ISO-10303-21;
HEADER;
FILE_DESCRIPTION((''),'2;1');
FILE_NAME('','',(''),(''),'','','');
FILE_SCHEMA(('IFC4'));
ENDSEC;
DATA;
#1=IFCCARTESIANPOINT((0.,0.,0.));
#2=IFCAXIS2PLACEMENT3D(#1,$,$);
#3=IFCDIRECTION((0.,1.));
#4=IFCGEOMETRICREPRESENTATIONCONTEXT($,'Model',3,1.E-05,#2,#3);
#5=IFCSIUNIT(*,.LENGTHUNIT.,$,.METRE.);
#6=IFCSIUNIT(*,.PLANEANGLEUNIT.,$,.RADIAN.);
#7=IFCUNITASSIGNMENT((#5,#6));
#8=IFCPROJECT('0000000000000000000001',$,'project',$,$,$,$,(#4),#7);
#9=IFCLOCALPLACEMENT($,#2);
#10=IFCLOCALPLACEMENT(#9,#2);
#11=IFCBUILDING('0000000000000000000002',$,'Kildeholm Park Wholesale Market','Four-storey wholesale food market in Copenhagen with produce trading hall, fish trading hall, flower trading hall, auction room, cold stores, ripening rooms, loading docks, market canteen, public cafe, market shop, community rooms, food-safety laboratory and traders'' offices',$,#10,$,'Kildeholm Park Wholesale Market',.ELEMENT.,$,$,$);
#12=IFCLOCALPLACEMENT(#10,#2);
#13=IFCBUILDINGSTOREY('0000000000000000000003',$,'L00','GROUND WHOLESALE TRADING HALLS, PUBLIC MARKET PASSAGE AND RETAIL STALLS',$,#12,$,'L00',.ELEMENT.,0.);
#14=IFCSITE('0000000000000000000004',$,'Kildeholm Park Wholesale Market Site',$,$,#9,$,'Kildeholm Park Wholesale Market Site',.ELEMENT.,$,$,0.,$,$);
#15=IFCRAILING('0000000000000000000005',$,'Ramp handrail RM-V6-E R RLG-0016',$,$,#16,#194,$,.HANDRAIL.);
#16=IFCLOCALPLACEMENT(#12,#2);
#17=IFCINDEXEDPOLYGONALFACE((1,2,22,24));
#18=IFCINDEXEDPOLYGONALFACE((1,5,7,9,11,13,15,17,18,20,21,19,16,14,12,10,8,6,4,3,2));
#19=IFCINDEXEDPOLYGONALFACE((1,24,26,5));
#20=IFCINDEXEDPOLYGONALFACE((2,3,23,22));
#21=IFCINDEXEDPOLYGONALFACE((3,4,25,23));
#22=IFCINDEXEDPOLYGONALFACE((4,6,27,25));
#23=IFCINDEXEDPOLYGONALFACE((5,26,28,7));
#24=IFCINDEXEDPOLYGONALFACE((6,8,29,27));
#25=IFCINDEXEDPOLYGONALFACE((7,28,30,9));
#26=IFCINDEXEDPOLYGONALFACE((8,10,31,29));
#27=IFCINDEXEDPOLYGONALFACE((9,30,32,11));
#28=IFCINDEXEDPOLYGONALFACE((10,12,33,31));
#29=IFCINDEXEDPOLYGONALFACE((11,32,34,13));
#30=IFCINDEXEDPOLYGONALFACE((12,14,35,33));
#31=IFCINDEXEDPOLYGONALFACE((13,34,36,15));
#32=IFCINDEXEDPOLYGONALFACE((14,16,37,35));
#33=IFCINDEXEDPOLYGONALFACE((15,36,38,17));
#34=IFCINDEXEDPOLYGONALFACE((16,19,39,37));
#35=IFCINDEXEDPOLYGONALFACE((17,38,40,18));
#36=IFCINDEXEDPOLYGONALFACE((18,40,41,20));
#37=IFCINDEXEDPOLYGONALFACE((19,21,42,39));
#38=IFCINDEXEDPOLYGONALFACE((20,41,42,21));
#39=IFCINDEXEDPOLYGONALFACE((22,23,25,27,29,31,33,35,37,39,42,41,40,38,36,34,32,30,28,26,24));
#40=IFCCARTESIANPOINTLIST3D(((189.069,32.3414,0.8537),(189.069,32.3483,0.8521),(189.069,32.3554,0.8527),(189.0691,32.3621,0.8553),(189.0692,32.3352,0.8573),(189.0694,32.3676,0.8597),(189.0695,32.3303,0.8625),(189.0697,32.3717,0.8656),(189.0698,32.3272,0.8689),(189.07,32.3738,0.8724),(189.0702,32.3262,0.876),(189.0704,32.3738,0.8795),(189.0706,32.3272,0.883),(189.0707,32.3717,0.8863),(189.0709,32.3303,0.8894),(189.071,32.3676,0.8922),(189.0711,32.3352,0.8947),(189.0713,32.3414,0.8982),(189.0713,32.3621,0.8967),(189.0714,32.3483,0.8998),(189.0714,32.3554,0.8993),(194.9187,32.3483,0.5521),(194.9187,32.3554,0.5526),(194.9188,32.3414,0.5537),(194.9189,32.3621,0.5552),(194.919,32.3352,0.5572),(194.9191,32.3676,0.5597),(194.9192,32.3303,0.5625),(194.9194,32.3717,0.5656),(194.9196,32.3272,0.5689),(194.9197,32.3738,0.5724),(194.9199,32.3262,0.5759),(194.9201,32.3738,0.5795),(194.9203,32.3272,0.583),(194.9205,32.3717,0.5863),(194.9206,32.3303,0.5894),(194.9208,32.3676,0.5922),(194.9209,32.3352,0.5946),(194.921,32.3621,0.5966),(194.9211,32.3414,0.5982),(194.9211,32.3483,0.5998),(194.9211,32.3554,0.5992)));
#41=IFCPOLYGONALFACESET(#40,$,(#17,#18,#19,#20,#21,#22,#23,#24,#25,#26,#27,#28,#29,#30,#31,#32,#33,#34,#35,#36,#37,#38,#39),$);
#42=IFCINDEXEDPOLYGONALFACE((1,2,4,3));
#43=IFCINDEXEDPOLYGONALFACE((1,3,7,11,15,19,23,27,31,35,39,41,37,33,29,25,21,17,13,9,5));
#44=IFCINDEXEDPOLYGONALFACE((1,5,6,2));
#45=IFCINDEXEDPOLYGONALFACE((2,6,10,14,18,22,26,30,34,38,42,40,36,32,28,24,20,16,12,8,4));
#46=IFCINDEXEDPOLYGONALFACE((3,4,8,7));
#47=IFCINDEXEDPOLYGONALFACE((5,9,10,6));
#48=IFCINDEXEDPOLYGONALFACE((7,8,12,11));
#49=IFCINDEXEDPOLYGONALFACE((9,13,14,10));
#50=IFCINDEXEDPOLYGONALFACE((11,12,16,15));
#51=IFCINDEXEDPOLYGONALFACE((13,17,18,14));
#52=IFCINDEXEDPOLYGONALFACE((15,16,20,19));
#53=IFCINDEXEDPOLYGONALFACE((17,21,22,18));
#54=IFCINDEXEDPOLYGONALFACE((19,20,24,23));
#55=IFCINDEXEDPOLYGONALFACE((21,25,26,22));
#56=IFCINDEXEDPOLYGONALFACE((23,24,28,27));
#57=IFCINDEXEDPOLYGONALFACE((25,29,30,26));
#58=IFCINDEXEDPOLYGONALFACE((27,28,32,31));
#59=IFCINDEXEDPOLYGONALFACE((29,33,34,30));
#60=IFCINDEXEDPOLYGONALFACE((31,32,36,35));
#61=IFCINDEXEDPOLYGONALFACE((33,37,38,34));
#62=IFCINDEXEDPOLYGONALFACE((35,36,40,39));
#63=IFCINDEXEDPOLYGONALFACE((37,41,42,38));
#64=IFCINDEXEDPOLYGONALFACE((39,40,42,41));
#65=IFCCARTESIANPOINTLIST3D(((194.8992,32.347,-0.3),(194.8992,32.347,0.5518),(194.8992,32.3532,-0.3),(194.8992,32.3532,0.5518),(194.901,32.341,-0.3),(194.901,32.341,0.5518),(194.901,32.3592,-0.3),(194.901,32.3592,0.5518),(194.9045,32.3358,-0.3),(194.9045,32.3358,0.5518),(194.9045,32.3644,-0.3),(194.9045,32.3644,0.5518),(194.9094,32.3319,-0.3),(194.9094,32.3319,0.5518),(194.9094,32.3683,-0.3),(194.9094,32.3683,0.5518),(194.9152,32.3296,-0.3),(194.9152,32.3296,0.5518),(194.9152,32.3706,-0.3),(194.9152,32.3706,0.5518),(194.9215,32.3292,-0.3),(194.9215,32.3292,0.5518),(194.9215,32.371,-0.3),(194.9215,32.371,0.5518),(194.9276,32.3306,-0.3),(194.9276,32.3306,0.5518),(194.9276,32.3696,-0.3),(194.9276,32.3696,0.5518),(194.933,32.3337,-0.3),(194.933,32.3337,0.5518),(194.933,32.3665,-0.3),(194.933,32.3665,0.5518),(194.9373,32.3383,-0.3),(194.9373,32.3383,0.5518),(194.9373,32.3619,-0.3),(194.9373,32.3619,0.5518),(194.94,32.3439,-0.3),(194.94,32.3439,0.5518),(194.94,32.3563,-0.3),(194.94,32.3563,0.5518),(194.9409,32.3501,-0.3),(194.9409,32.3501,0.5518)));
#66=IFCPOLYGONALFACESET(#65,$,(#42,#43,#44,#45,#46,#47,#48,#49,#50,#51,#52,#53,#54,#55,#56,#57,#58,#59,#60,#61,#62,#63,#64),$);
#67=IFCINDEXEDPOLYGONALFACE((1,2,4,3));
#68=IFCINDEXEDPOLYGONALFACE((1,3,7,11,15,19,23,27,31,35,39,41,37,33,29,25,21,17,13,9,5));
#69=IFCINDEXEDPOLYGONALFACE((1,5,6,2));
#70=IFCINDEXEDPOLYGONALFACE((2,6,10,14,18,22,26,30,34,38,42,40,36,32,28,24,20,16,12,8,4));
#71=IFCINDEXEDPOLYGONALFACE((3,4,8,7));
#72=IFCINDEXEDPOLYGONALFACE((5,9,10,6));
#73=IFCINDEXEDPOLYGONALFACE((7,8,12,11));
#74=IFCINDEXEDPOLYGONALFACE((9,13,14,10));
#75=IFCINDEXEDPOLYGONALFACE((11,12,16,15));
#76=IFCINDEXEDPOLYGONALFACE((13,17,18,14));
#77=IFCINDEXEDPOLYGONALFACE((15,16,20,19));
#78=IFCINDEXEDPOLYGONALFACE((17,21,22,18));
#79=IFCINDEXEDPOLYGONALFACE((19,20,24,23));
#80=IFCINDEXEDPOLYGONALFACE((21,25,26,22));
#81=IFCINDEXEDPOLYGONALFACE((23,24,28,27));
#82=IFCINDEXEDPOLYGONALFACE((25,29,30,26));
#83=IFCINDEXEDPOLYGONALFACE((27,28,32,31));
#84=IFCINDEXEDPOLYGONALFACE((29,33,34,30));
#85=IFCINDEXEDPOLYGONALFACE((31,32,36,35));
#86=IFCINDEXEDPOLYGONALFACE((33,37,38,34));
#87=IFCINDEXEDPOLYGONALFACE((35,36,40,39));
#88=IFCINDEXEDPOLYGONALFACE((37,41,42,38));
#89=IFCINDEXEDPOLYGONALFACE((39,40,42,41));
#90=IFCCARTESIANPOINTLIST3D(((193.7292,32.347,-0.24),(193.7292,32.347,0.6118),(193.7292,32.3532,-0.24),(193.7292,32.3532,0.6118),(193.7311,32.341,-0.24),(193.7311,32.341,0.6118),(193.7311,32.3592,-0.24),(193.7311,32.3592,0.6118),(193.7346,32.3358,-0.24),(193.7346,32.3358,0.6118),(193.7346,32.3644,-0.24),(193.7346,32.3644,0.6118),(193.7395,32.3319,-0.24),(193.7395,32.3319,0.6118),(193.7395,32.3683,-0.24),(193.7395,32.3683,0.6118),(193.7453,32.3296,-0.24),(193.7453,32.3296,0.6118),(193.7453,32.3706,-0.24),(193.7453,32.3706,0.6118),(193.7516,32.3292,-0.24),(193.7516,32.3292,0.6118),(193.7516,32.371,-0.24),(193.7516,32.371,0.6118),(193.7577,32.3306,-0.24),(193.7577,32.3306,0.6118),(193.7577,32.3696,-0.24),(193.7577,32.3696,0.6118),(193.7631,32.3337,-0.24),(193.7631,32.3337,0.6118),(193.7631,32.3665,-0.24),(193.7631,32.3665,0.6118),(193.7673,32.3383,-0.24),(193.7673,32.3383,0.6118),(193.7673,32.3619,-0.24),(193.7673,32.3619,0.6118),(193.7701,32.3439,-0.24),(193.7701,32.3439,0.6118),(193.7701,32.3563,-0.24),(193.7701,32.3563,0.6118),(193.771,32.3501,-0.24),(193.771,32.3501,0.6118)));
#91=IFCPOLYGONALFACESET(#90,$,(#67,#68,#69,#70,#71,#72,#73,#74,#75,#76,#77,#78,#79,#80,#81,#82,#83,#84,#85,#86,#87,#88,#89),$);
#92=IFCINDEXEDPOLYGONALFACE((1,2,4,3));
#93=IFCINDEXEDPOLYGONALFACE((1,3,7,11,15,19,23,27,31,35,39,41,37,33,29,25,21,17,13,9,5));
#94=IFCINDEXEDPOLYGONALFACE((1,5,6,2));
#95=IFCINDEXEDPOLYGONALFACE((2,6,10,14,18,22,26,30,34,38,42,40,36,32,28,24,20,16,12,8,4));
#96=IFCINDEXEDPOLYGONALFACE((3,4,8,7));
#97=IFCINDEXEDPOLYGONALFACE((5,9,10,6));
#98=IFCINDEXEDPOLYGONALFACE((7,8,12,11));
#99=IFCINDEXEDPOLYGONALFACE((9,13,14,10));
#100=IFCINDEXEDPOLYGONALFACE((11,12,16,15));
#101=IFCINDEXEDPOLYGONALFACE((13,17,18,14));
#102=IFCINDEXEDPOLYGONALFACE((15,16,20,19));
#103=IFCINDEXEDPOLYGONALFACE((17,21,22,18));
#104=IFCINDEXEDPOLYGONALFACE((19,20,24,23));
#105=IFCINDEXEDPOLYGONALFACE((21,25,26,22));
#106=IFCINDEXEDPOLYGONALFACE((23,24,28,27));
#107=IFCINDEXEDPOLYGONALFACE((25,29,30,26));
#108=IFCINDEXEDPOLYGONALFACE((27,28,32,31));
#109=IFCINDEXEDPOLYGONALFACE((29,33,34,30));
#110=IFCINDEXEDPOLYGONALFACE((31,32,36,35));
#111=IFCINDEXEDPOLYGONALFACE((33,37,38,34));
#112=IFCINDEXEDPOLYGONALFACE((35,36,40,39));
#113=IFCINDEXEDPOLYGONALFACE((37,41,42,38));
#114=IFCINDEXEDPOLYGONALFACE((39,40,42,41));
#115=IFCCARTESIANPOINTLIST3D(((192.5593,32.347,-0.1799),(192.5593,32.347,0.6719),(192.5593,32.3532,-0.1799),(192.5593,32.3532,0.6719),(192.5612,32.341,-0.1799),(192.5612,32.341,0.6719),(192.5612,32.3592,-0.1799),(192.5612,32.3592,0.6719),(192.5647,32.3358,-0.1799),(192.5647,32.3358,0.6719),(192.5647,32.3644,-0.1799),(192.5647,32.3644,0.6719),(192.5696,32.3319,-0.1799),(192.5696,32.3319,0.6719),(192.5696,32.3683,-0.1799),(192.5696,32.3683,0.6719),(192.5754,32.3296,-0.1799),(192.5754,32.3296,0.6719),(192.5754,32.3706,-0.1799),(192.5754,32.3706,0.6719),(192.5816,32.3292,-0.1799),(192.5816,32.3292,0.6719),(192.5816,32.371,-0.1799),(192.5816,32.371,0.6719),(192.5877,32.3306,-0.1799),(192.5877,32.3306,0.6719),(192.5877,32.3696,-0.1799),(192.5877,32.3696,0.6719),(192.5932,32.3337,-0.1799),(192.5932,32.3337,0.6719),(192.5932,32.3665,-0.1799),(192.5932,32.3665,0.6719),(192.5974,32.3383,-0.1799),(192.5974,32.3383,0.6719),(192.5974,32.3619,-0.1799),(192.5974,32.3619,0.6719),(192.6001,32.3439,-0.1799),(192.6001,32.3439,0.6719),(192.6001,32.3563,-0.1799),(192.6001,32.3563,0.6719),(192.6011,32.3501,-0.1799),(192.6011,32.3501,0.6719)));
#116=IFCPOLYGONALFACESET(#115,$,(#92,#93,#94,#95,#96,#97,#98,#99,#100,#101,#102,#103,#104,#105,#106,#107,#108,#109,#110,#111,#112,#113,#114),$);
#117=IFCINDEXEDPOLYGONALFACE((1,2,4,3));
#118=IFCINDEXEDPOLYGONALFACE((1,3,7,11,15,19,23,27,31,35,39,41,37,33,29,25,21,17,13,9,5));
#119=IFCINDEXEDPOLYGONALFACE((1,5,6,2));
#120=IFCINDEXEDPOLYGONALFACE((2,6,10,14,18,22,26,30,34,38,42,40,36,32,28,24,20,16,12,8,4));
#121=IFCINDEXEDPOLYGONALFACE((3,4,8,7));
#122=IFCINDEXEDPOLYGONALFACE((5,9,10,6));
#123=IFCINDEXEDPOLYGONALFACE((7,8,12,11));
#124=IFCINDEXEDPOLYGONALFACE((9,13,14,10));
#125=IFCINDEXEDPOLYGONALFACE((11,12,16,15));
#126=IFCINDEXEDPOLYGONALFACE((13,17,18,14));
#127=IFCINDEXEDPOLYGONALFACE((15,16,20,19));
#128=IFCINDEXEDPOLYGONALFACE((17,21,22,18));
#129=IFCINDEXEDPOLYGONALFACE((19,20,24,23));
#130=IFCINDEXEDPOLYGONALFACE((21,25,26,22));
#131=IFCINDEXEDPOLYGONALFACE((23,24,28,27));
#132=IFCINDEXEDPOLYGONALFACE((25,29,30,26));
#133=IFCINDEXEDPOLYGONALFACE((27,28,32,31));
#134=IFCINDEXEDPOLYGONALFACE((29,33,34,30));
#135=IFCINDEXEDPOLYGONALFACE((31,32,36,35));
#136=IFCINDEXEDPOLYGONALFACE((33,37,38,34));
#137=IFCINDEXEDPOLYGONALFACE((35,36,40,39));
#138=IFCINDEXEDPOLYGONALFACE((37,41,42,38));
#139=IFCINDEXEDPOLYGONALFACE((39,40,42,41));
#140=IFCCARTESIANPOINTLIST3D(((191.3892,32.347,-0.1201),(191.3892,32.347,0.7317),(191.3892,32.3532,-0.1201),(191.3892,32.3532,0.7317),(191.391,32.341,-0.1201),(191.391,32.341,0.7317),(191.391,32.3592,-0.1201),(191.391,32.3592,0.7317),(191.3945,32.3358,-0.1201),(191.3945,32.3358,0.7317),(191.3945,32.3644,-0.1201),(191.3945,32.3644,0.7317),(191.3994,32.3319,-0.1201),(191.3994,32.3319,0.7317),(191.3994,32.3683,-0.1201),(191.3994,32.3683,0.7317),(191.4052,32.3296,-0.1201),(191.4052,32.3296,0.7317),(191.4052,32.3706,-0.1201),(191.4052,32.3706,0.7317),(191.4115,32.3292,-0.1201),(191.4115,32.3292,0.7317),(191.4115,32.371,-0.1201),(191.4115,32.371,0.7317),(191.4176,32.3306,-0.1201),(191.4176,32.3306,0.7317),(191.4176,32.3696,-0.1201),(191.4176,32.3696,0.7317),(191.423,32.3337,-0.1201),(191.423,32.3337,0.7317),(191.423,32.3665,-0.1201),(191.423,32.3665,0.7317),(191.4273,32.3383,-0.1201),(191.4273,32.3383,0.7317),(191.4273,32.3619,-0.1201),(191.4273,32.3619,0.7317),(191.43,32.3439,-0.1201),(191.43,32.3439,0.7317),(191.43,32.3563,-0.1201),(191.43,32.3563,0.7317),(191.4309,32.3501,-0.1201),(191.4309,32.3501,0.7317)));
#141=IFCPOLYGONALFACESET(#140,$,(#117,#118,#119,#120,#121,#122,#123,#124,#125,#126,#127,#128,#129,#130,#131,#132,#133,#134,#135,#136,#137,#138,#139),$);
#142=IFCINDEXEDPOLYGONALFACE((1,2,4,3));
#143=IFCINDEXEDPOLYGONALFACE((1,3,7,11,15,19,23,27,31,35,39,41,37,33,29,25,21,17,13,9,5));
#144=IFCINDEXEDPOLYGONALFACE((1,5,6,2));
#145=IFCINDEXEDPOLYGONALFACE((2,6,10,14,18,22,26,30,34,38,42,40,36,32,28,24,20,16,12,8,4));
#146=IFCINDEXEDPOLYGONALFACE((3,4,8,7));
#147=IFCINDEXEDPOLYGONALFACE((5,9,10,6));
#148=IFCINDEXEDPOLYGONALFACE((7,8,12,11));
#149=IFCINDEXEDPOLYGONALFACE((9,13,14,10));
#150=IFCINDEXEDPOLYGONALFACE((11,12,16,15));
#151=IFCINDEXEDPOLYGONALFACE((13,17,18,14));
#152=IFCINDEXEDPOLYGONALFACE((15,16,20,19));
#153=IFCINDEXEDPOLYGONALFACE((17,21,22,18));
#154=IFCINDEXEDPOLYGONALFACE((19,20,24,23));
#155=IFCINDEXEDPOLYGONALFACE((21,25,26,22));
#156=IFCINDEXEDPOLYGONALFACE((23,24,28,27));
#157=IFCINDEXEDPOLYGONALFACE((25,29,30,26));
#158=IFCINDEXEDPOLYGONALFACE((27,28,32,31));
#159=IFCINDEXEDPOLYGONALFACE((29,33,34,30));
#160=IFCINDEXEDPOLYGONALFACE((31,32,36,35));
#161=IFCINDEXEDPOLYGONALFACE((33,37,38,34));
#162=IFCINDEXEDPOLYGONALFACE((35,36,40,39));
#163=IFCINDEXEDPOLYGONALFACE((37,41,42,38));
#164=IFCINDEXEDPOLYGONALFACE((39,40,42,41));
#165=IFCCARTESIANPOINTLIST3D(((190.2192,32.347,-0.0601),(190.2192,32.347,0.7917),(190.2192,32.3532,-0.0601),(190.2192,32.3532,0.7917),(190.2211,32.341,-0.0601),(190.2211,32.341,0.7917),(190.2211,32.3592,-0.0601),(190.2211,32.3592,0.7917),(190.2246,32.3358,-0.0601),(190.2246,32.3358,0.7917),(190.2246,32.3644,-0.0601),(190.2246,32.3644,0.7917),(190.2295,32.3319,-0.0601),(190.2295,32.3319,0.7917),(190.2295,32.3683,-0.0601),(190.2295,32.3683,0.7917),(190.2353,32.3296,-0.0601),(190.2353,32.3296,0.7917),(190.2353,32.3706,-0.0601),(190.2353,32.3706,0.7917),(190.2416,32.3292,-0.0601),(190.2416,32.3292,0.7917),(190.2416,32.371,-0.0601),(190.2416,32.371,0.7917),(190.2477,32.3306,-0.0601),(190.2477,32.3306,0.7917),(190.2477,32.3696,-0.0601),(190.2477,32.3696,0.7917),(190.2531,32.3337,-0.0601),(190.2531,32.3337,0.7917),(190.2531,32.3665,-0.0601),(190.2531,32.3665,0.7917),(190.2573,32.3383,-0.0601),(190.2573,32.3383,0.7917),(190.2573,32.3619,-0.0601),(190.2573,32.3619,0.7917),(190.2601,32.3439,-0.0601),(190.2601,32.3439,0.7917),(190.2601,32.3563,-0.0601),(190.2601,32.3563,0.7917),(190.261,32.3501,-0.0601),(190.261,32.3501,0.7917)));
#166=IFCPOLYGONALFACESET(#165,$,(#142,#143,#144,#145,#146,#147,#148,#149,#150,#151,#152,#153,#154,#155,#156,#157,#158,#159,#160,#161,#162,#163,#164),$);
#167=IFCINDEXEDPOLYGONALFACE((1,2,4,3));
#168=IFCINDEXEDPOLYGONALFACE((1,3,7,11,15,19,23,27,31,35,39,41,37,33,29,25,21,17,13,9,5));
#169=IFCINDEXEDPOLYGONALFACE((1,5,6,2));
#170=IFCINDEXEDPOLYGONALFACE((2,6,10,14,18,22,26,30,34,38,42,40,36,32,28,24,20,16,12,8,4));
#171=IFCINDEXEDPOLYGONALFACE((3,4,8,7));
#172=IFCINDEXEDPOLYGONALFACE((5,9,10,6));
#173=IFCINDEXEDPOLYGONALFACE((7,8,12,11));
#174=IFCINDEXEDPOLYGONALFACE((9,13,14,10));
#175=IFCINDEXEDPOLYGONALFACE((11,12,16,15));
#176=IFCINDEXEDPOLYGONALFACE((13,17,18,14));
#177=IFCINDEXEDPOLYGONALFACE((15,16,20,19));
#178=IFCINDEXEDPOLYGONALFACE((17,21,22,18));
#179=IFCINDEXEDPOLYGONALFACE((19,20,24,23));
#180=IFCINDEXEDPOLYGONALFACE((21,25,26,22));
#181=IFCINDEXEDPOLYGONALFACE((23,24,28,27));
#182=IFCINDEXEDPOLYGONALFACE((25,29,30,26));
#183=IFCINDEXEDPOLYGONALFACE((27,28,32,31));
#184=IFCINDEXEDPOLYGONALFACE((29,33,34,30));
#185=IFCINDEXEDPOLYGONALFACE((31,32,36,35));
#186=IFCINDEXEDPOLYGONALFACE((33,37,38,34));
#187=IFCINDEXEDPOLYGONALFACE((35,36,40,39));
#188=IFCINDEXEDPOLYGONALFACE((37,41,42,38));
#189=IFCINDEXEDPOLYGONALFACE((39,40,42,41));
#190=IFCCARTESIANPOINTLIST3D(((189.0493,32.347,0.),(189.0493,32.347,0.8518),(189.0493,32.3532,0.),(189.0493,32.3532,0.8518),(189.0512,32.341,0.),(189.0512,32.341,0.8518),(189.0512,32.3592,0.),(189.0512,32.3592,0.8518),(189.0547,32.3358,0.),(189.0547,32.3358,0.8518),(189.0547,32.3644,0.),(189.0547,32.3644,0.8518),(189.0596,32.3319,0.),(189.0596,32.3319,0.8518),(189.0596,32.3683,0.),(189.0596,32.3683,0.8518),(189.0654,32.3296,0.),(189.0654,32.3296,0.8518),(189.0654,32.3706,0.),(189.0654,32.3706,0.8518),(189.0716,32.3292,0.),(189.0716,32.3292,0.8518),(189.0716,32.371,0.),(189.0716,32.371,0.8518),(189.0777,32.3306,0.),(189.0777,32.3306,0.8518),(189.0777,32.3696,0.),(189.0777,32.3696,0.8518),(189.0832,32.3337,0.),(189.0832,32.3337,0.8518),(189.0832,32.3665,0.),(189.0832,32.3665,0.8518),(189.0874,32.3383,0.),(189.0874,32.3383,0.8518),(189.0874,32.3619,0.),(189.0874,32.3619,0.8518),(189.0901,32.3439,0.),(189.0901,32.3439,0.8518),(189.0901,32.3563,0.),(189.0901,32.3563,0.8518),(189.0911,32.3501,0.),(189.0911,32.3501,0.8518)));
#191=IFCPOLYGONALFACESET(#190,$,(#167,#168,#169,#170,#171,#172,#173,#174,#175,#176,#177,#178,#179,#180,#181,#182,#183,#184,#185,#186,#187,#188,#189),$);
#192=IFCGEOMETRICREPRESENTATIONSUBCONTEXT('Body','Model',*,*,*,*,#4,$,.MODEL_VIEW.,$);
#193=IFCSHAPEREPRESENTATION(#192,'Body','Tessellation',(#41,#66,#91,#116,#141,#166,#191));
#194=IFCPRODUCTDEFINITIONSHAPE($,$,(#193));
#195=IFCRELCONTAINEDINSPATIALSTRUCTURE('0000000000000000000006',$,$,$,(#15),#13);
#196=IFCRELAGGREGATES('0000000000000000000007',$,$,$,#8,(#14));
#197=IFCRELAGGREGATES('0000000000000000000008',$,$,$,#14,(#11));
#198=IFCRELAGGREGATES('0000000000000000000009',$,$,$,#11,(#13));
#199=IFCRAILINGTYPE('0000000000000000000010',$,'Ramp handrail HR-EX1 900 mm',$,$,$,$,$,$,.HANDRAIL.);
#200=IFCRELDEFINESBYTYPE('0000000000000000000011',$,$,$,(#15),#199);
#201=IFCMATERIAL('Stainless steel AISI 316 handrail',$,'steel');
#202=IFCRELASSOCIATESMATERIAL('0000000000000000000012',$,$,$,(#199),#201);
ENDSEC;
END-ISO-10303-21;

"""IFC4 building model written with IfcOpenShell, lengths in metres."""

from ifc_helpers import new_model, si_unit, direction, frame, origin, origin_2d, place, context, subcontext, project, spatial, circle, extrude, material, type_object, element, save


model = new_model("IFC4")

# Units and contexts
model_context = context("Model", 3, precision=1e-05, world=origin(), true_north=direction((0.0, 1.0)))
body_context = subcontext(model_context, "Body", "Model", "MODEL_VIEW")
ifc_project = project(units=[si_unit("LENGTHUNIT", "METRE"), si_unit("PLANEANGLEUNIT", "RADIAN")], contexts=[model_context])

# Site, building, storey
site_placement = place(None, origin())
site = spatial("IfcSite", under=ifc_project, at=site_placement, Name="Kildeholm Park Wholesale Market Site", LongName="Kildeholm Park Wholesale Market Site", CompositionType="ELEMENT", RefElevation=0.0)
building_placement = place(site_placement, origin())
building = spatial("IfcBuilding", under=site, at=building_placement, Name="Kildeholm Park Wholesale Market", Description="Four-storey wholesale food market in Copenhagen with produce trading hall, fish trading hall, flower trading hall, auction room, cold stores, ripening rooms, loading docks, market canteen, public cafe, market shop, community rooms, food-safety laboratory and traders' offices", LongName="Kildeholm Park Wholesale Market", CompositionType="ELEMENT")
storey_placement = place(building_placement, origin())
storey = spatial("IfcBuildingStorey", under=building, at=storey_placement, Name="L00", Description="GROUND WHOLESALE TRADING HALLS, PUBLIC MARKET PASSAGE AND RETAIL STALLS", LongName="L00", CompositionType="ELEMENT", Elevation=0.0)

# Railing
ifc_material_1 = material(Name="Stainless steel AISI 316 handrail", Category="steel")
railing_type = type_object("IfcRailingType", Name="Ramp handrail HR-EX1 900 mm", PredefinedType="HANDRAIL", material=ifc_material_1)
railing_placement = place(storey_placement, frame((194.9199, 32.3501, -0.3)))
element("IfcRailing", 1, at=railing_placement, inside=storey, type_object=railing_type, Name="Ramp handrail RM-V6-E R RLG-0016", PredefinedType="HANDRAIL", context=body_context, shape_type="SweptSolid", body=[
    extrude(circle(Radius=0.0239, at=origin_2d()), frame((0.0, 0.0, 0.876), z_axis=(-0.998687, 0.0, 0.051224), x_axis=(0.0, -1.0, 0.0)), (0.0, 0.0, 1.0), 5.8574),
    extrude(circle(Radius=0.021, at=origin_2d()), origin(), (0.0, 0.0, 1.0), 0.8518),
    extrude(circle(Radius=0.021, at=origin_2d()), frame((-1.1699, 0.0, 0.0601)), (0.0, 0.0, 1.0), 0.8518),
    extrude(circle(Radius=0.021, at=origin_2d()), frame((-2.3398, 0.0, 0.1201)), (0.0, 0.0, 1.0), 0.8518),
    extrude(circle(Radius=0.021, at=origin_2d()), frame((-3.51, 0.0, 0.1799)), (0.0, 0.0, 1.0), 0.8518),
    extrude(circle(Radius=0.021, at=origin_2d()), frame((-4.6799, 0.0, 0.24)), (0.0, 0.0, 1.0), 0.8518),
    extrude(circle(Radius=0.021, at=origin_2d()), frame((-5.8499, 0.0, 0.3)), (0.0, 0.0, 1.0), 0.8518),
])

save(model, "model.ifc")
